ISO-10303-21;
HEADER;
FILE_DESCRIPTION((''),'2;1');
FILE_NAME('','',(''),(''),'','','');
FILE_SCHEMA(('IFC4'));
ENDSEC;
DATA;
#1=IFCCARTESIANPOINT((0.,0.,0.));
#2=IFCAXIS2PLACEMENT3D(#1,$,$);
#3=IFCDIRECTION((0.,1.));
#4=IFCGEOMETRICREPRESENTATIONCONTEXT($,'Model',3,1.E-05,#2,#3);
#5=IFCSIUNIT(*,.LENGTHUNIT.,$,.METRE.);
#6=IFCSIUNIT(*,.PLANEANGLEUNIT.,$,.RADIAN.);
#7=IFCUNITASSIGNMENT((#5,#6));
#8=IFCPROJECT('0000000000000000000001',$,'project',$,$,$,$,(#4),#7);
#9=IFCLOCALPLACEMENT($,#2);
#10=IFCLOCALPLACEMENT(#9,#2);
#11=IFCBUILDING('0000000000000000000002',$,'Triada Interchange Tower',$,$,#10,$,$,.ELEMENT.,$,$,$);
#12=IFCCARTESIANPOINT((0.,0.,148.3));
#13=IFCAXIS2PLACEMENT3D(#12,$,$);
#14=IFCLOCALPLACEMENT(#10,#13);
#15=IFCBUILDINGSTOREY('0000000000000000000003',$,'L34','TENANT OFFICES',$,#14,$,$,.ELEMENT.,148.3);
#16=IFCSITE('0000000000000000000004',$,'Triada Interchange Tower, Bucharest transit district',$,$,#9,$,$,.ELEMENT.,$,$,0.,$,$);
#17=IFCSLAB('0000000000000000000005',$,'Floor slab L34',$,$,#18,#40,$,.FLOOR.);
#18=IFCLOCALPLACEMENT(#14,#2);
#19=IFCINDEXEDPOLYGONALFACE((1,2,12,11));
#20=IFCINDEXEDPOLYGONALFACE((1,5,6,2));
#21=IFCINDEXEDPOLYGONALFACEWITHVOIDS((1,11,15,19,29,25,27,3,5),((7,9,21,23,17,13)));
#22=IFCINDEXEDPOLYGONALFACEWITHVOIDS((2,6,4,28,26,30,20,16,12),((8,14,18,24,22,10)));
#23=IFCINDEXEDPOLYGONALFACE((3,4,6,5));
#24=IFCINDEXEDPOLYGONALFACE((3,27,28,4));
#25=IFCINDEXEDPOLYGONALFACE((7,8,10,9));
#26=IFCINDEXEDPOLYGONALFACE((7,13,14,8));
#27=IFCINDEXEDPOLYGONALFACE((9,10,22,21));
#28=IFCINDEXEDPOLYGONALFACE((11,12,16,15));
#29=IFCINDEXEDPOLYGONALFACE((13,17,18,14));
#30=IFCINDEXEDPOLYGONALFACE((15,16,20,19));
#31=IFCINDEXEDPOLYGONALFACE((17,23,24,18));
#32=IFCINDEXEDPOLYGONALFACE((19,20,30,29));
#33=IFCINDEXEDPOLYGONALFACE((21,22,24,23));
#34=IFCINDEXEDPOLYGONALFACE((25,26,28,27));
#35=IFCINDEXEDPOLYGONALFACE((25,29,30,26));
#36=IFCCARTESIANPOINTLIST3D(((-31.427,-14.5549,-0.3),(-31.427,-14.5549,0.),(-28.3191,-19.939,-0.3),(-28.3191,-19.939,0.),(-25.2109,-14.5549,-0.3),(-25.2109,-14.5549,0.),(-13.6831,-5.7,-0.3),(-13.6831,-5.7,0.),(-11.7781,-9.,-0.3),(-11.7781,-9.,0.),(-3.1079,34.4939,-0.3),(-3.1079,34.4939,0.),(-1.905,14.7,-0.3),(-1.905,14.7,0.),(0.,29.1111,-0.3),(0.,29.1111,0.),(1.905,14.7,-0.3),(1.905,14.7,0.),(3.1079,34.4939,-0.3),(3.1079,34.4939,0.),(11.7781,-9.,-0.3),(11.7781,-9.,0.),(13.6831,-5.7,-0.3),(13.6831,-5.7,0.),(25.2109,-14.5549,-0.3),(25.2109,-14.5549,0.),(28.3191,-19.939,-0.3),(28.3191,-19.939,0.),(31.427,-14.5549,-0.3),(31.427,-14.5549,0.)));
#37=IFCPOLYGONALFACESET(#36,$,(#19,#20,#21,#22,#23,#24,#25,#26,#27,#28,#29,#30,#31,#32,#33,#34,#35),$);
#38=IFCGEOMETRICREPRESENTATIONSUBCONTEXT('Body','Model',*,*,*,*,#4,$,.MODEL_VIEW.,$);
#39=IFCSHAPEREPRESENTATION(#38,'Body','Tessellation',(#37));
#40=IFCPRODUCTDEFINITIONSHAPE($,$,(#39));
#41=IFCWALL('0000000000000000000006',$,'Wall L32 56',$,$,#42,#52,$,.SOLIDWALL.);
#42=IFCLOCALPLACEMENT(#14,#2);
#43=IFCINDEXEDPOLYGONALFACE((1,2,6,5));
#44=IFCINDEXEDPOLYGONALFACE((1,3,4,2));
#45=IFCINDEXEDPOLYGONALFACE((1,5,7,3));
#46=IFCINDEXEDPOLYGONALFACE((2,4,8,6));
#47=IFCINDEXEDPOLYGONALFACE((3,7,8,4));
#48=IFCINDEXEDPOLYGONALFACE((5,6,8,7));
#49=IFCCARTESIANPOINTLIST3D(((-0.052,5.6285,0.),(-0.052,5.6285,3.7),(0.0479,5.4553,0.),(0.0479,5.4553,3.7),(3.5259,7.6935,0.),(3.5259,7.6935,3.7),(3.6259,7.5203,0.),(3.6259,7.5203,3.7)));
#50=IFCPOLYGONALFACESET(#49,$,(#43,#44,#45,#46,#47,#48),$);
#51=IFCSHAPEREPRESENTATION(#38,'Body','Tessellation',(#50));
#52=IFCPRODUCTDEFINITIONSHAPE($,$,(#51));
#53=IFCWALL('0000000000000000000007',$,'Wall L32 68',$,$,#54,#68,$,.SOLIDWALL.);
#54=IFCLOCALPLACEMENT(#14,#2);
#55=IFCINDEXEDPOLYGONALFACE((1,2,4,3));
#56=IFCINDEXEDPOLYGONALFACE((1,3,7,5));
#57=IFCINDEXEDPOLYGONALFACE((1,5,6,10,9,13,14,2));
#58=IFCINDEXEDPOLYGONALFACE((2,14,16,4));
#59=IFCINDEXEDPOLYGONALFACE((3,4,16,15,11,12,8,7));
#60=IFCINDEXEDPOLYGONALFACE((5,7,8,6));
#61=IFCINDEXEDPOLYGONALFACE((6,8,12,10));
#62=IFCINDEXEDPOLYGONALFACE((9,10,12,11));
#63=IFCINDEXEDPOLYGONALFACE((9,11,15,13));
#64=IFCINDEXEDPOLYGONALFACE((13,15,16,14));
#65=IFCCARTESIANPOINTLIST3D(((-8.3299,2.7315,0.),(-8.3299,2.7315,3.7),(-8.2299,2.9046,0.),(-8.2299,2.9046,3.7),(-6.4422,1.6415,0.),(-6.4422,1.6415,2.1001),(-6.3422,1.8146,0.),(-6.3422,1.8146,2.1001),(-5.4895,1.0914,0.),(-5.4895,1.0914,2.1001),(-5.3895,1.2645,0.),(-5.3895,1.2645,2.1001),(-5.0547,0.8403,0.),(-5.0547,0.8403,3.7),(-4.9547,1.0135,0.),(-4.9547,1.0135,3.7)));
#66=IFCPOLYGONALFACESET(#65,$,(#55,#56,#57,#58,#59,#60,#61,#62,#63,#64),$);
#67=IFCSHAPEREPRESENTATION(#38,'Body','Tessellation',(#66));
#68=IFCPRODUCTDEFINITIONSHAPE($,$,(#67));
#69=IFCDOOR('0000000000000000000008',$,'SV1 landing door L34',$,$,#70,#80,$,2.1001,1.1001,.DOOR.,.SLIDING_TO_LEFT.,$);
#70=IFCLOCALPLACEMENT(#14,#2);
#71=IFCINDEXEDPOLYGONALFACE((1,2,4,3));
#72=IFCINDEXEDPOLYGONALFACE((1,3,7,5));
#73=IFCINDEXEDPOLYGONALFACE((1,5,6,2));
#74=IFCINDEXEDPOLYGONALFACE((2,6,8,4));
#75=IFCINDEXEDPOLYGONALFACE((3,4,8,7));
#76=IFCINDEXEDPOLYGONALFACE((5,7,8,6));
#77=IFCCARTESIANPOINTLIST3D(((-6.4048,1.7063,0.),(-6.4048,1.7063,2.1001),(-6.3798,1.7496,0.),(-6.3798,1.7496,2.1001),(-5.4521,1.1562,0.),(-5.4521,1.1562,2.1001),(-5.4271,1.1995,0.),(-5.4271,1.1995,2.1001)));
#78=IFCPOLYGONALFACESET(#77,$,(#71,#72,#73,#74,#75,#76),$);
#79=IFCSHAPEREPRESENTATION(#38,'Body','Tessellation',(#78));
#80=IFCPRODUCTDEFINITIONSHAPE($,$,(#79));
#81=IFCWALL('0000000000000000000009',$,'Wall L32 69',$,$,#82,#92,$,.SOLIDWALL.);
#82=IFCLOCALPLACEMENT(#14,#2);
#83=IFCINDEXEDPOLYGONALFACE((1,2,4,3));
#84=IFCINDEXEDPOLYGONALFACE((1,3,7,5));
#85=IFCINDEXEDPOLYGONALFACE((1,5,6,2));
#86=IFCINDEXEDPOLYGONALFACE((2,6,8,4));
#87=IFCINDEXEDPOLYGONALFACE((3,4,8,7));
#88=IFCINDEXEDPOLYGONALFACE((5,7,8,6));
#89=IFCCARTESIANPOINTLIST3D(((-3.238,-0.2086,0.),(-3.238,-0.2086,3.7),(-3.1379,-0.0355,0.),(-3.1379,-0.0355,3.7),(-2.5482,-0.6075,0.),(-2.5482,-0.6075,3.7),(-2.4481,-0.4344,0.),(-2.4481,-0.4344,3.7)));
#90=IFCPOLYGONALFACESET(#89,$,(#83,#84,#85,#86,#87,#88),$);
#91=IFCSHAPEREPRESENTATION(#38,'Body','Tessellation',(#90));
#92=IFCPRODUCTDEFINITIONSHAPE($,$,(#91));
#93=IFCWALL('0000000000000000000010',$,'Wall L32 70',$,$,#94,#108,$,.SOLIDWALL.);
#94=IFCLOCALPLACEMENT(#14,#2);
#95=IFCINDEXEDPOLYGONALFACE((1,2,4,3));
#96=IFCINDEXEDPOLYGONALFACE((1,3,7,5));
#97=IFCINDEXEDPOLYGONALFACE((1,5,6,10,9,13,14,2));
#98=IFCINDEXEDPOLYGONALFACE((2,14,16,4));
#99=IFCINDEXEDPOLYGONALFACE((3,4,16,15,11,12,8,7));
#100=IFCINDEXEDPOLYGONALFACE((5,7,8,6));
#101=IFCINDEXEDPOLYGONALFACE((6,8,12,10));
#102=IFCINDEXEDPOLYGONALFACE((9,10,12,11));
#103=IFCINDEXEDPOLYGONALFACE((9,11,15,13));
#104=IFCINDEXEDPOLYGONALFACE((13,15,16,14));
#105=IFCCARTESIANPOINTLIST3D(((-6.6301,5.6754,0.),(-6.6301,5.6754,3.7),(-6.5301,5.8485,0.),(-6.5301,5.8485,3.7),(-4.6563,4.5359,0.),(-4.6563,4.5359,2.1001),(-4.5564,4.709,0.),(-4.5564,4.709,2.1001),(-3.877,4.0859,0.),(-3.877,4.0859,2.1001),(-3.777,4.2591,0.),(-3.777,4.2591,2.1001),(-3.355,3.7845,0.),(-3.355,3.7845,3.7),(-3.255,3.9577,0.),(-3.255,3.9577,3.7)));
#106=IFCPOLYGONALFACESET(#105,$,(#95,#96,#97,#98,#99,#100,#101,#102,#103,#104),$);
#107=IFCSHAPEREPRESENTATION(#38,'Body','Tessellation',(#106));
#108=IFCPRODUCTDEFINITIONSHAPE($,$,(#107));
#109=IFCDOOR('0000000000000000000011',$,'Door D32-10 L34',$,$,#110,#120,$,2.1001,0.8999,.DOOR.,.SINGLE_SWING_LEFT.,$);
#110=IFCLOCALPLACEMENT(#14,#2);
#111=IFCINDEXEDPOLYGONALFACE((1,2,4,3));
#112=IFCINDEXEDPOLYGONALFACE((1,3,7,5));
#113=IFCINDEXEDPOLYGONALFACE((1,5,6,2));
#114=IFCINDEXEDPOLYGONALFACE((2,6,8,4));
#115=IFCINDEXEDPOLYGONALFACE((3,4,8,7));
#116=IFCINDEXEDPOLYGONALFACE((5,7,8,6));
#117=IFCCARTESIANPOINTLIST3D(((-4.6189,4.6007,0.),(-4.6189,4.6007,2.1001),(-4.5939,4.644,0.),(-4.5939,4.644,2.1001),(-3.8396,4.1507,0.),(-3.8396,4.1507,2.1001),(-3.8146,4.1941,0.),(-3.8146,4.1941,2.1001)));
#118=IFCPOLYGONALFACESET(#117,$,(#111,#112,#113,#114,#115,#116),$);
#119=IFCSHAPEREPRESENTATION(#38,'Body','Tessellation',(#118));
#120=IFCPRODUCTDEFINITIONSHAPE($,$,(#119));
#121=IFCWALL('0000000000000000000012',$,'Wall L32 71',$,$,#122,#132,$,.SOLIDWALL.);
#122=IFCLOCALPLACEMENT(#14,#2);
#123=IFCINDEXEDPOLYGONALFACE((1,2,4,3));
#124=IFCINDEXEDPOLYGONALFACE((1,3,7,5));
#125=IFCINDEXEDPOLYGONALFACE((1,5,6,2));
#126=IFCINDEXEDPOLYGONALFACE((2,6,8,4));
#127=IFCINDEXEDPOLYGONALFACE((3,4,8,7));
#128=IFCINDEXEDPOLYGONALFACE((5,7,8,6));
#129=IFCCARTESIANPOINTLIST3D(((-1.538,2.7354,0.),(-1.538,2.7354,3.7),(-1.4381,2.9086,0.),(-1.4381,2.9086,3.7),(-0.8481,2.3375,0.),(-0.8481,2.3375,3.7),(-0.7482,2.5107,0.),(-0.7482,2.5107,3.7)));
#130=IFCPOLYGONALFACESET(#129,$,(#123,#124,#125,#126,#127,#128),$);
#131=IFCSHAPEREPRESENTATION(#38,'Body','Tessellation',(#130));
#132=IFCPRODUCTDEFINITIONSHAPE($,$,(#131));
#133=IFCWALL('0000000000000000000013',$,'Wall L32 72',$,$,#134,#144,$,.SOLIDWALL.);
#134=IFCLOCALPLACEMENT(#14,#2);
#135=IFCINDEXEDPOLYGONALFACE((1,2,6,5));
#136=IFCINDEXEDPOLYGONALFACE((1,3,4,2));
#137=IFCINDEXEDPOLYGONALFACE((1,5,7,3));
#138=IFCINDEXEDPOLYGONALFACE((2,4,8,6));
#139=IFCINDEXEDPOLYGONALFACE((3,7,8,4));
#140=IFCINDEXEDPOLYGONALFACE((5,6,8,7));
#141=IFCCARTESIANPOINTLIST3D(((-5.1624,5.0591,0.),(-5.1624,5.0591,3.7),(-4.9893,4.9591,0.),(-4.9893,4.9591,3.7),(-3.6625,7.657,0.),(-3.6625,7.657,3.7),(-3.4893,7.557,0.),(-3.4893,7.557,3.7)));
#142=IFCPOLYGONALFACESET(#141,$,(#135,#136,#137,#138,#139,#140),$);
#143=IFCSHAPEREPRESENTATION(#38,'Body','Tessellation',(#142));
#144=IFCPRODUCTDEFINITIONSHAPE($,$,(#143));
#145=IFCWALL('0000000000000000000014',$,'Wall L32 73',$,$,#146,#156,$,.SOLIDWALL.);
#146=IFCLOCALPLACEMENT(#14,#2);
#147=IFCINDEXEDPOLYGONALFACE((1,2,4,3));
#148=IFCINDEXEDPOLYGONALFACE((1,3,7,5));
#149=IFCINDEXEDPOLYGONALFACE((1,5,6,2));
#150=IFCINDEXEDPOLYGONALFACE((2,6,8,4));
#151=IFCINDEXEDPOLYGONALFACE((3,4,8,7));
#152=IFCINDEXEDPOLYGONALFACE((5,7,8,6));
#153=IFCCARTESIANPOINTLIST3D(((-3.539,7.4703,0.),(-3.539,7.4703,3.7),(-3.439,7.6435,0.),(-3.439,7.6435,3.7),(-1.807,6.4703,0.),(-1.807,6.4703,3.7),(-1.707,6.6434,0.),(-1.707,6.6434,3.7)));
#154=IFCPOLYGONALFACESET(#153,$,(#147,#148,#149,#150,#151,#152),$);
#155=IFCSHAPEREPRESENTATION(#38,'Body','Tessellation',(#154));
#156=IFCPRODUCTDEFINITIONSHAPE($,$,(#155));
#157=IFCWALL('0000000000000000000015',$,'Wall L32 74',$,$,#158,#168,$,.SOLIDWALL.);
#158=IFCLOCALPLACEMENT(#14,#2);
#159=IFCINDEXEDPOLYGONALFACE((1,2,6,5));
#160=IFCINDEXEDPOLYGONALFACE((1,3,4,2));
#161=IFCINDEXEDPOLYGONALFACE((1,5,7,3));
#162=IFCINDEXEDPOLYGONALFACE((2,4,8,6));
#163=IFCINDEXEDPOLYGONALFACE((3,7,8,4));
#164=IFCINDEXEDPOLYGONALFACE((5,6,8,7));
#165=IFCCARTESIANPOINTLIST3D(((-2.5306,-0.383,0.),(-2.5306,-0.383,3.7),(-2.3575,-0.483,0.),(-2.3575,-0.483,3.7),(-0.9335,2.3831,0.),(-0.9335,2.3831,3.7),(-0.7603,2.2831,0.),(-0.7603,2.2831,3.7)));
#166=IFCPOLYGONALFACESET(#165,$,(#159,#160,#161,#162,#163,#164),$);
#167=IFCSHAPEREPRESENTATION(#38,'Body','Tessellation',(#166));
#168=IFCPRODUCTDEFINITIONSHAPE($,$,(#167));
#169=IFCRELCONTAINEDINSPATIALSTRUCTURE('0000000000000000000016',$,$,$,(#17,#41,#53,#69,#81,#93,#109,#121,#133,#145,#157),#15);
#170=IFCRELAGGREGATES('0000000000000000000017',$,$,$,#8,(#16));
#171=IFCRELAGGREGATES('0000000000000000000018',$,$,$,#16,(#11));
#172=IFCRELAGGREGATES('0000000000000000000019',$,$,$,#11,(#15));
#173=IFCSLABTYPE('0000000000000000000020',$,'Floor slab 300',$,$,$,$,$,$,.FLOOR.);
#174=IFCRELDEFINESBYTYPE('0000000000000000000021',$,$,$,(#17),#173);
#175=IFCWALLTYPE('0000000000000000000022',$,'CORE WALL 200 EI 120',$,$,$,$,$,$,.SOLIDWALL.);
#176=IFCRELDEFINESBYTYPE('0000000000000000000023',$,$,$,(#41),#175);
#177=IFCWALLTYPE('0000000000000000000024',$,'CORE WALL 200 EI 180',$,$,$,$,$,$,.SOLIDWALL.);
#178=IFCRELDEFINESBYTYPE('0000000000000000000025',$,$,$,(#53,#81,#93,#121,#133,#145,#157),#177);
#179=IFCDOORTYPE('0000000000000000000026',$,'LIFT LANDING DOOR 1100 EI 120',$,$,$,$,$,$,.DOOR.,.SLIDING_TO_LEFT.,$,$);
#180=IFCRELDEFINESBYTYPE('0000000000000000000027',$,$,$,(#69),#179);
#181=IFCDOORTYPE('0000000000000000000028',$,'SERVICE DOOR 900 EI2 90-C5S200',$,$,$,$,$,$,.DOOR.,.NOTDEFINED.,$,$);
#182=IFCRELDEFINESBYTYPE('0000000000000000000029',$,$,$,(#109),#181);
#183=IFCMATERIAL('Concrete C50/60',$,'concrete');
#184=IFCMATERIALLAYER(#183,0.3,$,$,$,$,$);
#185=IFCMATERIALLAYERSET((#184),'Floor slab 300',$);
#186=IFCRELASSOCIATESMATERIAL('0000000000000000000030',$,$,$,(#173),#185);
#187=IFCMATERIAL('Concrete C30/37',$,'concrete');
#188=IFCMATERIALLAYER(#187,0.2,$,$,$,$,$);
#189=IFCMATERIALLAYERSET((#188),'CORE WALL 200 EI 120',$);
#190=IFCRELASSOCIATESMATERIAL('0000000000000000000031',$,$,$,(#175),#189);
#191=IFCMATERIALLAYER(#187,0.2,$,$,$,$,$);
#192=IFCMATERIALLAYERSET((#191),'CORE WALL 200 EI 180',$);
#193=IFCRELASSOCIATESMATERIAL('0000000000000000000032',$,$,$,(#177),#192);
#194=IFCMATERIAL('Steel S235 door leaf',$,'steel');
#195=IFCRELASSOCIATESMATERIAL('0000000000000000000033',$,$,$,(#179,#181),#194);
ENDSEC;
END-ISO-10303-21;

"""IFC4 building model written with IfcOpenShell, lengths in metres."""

from ifc_helpers import new_model, si_unit, direction, frame, frame_2d, origin, place, context, subcontext, project, spatial, polyline, rectangle, outline, extrude, material, layer, layer_set, type_object, element, fill, save


model = new_model("IFC4")

# Units and contexts
model_context = context("Model", 3, precision=1e-05, world=origin(), true_north=direction((0.0, 1.0)))
body_context = subcontext(model_context, "Body", "Model", "MODEL_VIEW")
ifc_project = project(units=[si_unit("LENGTHUNIT", "METRE"), si_unit("PLANEANGLEUNIT", "RADIAN")], contexts=[model_context])

# Site, building, storey
site_placement = place(None, origin())
site = spatial("IfcSite", under=ifc_project, at=site_placement, Name="Triada Interchange Tower, Bucharest transit district", CompositionType="ELEMENT", RefElevation=0.0)
building_placement = place(site_placement, origin())
building = spatial("IfcBuilding", under=site, at=building_placement, Name="Triada Interchange Tower", CompositionType="ELEMENT")
storey_placement = place(building_placement, frame((0.0, 0.0, 148.3)))
storey = spatial("IfcBuildingStorey", under=building, at=storey_placement, Name="L34", Description="TENANT OFFICES", CompositionType="ELEMENT", Elevation=148.3)

# Slab
ifc_material_1 = material(Name="Concrete C50/60", Category="concrete")
ifc_layer_1 = layer(ifc_material_1, 0.3)
ifc_layer_set_1 = layer_set([ifc_layer_1], Name="Floor slab 300")
slab_type = type_object("IfcSlabType", Name="Floor slab 300", PredefinedType="FLOOR", material=ifc_layer_set_1)
slab_placement = place(storey_placement, frame((0.0, 0.0, -0.3)))
element("IfcSlab", 1, at=slab_placement, inside=storey, type_object=slab_type, Name="Floor slab L34", PredefinedType="FLOOR", context=body_context, shape_type="SweptSolid", body=[
    extrude(outline(polyline([(-3.1079, 34.4939), (-31.427, -14.5549), (-25.2109, -14.5549), (-28.3191, -19.939), (28.3191, -19.939), (25.2109, -14.5549), (31.427, -14.5549), (3.1079, 34.4939), (0.0, 29.1111), (-3.1079, 34.4939)]), holes=[polyline([(1.905, 14.7), (-1.905, 14.7), (-13.6831, -5.7), (-11.7781, -9.0), (11.7781, -9.0), (13.6831, -5.7), (1.905, 14.7)])]), origin(), (0.0, 0.0, 1.0), 0.3),
])

# Wall
ifc_material_2 = material(Name="Concrete C30/37", Category="concrete")
ifc_layer_2 = layer(ifc_material_2, 0.2)
ifc_layer_set_2 = layer_set([ifc_layer_2], Name="CORE WALL 200 EI 120")
wall_type_1 = type_object("IfcWallType", Name="CORE WALL 200 EI 120", PredefinedType="SOLIDWALL", material=ifc_layer_set_2)
wall_1_placement = place(storey_placement, frame((-0.002, 5.542, 0.0), z_axis=(0.0, 0.0, 1.0), x_axis=(0.866104, 0.499864, 0.0)))
element("IfcWall", 2, at=wall_1_placement, inside=storey, type_object=wall_type_1, Name="Wall L32 56", PredefinedType="SOLIDWALL", context=body_context, shape_type="SweptSolid", body=[
    extrude(rectangle(XDim=4.1311, YDim=0.2, at=frame_2d((2.0654, 0.0))), origin(), (0.0, 0.0, 1.0), 3.7),
])

# Wall, opening, door
ifc_layer_3 = layer(ifc_material_2, 0.2)
ifc_layer_set_3 = layer_set([ifc_layer_3], Name="CORE WALL 200 EI 180")
wall_type_2 = type_object("IfcWallType", Name="CORE WALL 200 EI 180", PredefinedType="SOLIDWALL", material=ifc_layer_set_3)
wall_2_placement = place(storey_placement, frame((-8.28, 2.8181, 0.0), z_axis=(0.0, 0.0, 1.0), x_axis=(0.866002, -0.500041, 0.0)))
wall_2 = element("IfcWall", 3, at=wall_2_placement, inside=storey, type_object=wall_type_2, Name="Wall L32 68", PredefinedType="SOLIDWALL", context=body_context, shape_type="SweptSolid", body=[
    extrude(rectangle(XDim=3.782, YDim=0.2, at=frame_2d((1.8911, 0.0))), origin(), (0.0, 0.0, 1.0), 3.7),
])
opening_1_placement = place(wall_2_placement, frame((2.1799, 0.0, 0.0)))
opening_1 = element("IfcOpeningElement", 4, at=opening_1_placement, cuts=wall_2, PredefinedType="OPENING", context=body_context, shape_type="SweptSolid", body=[
    extrude(rectangle(XDim=1.1001, YDim=2.1001, at=frame_2d((0.55, 1.05))), frame((0.0, 0.1099, 0.0), z_axis=(0.0, -1.0, 0.0), x_axis=(1.0, 0.0, 0.0)), (0.0, 0.0, 1.0), 0.22),
])
ifc_material_3 = material(Name="Steel S235 door leaf", Category="steel")
door_type_1 = type_object("IfcDoorType", Name="LIFT LANDING DOOR 1100 EI 120", OperationType="SLIDING_TO_LEFT", PredefinedType="DOOR", material=ifc_material_3)
door_1_placement = place(opening_1_placement, origin())
door_1 = element("IfcDoor", 5, at=door_1_placement, inside=storey, type_object=door_type_1, Name="SV1 landing door L34", OperationType="SLIDING_TO_LEFT", OverallHeight=2.1001, OverallWidth=1.1001, PredefinedType="DOOR", context=body_context, shape_type="SweptSolid", body=[
    extrude(rectangle(XDim=1.1001, YDim=2.1001, at=frame_2d((0.55, 1.05))), frame((0.0, 0.0249, 0.0), z_axis=(0.0, -1.0, 0.0), x_axis=(1.0, 0.0, 0.0)), (0.0, 0.0, 1.0), 0.05),
])
fill(opening_1, door_1)

# Wall
wall_3_placement = place(storey_placement, frame((-3.188, -0.1221, 0.0), z_axis=(0.0, 0.0, 1.0), x_axis=(0.865706, -0.500553, 0.0)))
element("IfcWall", 6, at=wall_3_placement, inside=storey, type_object=wall_type_2, Name="Wall L32 69", PredefinedType="SOLIDWALL", context=body_context, shape_type="SweptSolid", body=[
    extrude(rectangle(XDim=0.7969, YDim=0.2, at=frame_2d((0.3984, 0.0))), origin(), (0.0, 0.0, 1.0), 3.7),
])

# Wall, opening, door
wall_4_placement = place(storey_placement, frame((-6.5801, 5.762, 0.0), z_axis=(0.0, 0.0, 1.0), x_axis=(0.86603, -0.499993, 0.0)))
wall_4 = element("IfcWall", 7, at=wall_4_placement, inside=storey, type_object=wall_type_2, Name="Wall L32 70", PredefinedType="SOLIDWALL", context=body_context, shape_type="SweptSolid", body=[
    extrude(rectangle(XDim=3.7817, YDim=0.2, at=frame_2d((1.8909, 0.0))), origin(), (0.0, 0.0, 1.0), 3.7),
])
opening_2_placement = place(wall_4_placement, frame((2.2791, 0.0, 0.0)))
opening_2 = element("IfcOpeningElement", 8, at=opening_2_placement, cuts=wall_4, PredefinedType="OPENING", context=body_context, shape_type="SweptSolid", body=[
    extrude(rectangle(XDim=0.8999, YDim=2.1001, at=frame_2d((0.45, 1.05))), frame((0.0, 0.1099, 0.0), z_axis=(0.0, -1.0, 0.0), x_axis=(1.0, 0.0, 0.0)), (0.0, 0.0, 1.0), 0.22),
])
door_type_2 = type_object("IfcDoorType", Name="SERVICE DOOR 900 EI2 90-C5S200", OperationType="NOTDEFINED", PredefinedType="DOOR", material=ifc_material_3)
door_2_placement = place(opening_2_placement, origin())
door_2 = element("IfcDoor", 9, at=door_2_placement, inside=storey, type_object=door_type_2, Name="Door D32-10 L34", OperationType="SINGLE_SWING_LEFT", OverallHeight=2.1001, OverallWidth=0.8999, PredefinedType="DOOR", context=body_context, shape_type="SweptSolid", body=[
    extrude(rectangle(XDim=0.8999, YDim=2.1001, at=frame_2d((0.45, 1.05))), frame((0.0, 0.0249, 0.0), z_axis=(0.0, -1.0, 0.0), x_axis=(1.0, 0.0, 0.0)), (0.0, 0.0, 1.0), 0.05),
])
fill(opening_2, door_2)

# Walls
wall_5_placement = place(storey_placement, frame((-1.488, 2.822, 0.0), z_axis=(0.0, 0.0, 1.0), x_axis=(0.866237, -0.499634, 0.0)))
element("IfcWall", 10, at=wall_5_placement, inside=storey, type_object=wall_type_2, Name="Wall L32 71", PredefinedType="SOLIDWALL", context=body_context, shape_type="SweptSolid", body=[
    extrude(rectangle(XDim=0.7964, YDim=0.2, at=frame_2d((0.3982, 0.0))), origin(), (0.0, 0.0, 1.0), 3.7),
])
wall_6_placement = place(storey_placement, frame((-5.0759, 5.009, 0.0), z_axis=(0.0, 0.0, 1.0), x_axis=(0.500025, 0.866011, 0.0)))
element("IfcWall", 11, at=wall_6_placement, inside=storey, type_object=wall_type_2, Name="Wall L32 72", PredefinedType="SOLIDWALL", context=body_context, shape_type="SweptSolid", body=[
    extrude(rectangle(XDim=2.9998, YDim=0.2, at=frame_2d((1.5, 0.0))), origin(), (0.0, 0.0, 1.0), 3.7),
])
wall_7_placement = place(storey_placement, frame((-3.489, 7.5569, 0.0), z_axis=(0.0, 0.0, 1.0), x_axis=(0.866011, -0.500025, 0.0)))
element("IfcWall", 12, at=wall_7_placement, inside=storey, type_object=wall_type_2, Name="Wall L32 73", PredefinedType="SOLIDWALL", context=body_context, shape_type="SweptSolid", body=[
    extrude(rectangle(XDim=2.0, YDim=0.2, at=frame_2d((1.0, 0.0))), origin(), (0.0, 0.0, 1.0), 3.7),
])
wall_8_placement = place(storey_placement, frame((-2.4441, -0.4331, 0.0), z_axis=(0.0, 0.0, 1.0), x_axis=(0.500036, 0.866005, 0.0)))
element("IfcWall", 13, at=wall_8_placement, inside=storey, type_object=wall_type_2, Name="Wall L32 74", PredefinedType="SOLIDWALL", context=body_context, shape_type="SweptSolid", body=[
    extrude(rectangle(XDim=3.1941, YDim=0.2, at=frame_2d((1.5972, 0.0))), origin(), (0.0, 0.0, 1.0), 3.7),
])

save(model, "model.ifc")
